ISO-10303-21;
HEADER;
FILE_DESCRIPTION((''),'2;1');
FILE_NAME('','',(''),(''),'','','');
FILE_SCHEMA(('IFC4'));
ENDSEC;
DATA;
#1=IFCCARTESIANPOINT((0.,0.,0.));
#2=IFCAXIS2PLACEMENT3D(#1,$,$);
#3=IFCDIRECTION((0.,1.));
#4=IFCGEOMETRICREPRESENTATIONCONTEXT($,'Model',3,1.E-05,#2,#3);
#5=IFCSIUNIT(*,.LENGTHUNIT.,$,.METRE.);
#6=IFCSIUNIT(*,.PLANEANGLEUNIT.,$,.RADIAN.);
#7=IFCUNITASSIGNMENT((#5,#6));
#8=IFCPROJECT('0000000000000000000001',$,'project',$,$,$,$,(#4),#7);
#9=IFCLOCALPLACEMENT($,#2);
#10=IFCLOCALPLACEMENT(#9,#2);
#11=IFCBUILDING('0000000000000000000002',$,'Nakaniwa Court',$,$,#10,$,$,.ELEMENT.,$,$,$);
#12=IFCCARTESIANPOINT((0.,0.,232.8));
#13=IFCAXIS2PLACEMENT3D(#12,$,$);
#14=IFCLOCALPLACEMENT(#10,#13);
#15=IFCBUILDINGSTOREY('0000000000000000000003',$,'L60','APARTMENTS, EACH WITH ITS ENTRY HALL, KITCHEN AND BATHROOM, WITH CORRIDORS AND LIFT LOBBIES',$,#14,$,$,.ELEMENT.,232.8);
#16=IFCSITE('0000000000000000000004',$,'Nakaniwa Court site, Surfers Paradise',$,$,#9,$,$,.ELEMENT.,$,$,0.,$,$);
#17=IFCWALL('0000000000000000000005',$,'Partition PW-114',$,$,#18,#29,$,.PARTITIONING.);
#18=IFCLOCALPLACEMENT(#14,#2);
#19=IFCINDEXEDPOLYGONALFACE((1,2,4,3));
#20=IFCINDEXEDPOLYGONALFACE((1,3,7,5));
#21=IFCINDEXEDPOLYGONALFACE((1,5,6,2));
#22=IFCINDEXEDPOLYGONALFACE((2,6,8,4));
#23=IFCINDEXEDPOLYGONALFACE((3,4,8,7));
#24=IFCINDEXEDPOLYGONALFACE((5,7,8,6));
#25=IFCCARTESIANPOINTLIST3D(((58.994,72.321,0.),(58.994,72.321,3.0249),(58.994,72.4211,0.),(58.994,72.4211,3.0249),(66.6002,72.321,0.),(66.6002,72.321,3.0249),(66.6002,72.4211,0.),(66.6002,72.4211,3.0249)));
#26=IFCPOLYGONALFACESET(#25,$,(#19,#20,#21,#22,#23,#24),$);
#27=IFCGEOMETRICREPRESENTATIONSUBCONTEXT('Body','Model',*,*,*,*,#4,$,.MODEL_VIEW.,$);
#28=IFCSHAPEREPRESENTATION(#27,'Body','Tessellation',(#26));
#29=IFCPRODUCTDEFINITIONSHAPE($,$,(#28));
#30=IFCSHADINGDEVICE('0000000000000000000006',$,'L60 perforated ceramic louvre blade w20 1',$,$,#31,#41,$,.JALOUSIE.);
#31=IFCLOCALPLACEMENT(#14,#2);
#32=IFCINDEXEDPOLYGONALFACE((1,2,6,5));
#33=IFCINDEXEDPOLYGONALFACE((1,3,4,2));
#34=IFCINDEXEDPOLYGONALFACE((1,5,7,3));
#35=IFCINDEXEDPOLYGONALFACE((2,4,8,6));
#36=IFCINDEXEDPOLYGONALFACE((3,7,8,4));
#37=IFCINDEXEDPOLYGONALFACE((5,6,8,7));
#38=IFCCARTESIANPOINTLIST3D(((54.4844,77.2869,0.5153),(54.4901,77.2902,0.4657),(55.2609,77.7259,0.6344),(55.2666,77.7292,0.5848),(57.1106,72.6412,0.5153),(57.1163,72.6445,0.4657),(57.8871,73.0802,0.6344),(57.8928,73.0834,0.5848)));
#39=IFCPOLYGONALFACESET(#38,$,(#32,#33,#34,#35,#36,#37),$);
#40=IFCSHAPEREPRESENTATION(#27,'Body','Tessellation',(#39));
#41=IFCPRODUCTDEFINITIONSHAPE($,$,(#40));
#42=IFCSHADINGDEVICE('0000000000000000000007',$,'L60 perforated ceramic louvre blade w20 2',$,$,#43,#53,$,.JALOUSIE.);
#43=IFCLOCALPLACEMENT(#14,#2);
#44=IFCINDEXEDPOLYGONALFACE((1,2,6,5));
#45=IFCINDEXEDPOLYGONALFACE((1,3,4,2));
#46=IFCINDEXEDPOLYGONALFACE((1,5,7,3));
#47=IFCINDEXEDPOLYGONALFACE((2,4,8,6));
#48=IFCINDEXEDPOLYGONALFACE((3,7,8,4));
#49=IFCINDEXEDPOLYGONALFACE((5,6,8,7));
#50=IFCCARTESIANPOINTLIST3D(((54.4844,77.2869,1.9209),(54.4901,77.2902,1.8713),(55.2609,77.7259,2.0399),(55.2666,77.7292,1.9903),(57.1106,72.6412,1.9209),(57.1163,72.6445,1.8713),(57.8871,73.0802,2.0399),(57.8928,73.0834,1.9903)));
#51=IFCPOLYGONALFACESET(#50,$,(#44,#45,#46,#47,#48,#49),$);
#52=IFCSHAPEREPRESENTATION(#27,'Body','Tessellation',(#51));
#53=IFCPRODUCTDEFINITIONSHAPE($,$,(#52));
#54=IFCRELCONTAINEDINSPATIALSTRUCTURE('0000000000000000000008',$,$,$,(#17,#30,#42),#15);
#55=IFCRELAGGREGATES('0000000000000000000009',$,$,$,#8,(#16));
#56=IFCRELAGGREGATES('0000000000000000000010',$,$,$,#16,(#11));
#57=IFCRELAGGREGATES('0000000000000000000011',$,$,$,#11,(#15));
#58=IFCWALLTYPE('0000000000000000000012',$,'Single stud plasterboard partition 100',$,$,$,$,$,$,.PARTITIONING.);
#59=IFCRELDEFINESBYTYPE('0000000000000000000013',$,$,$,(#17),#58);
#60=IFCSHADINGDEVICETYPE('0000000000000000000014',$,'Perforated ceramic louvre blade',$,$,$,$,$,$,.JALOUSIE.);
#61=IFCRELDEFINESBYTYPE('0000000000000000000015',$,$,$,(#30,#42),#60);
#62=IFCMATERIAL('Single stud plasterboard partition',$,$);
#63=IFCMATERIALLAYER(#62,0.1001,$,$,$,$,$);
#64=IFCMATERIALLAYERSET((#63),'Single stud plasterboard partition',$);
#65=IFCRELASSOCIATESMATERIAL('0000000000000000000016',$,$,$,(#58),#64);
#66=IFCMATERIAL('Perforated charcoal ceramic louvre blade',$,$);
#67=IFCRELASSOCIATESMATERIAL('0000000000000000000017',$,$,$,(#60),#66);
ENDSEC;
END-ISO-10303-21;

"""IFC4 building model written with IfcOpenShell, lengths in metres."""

from ifc_helpers import new_model, si_unit, direction, frame, frame_2d, origin, origin_2d, place, context, subcontext, project, spatial, rectangle, extrude, material, layer, layer_set, material_profile, profile_set, type_object, element, save


model = new_model("IFC4")

# Units and contexts
model_context = context("Model", 3, precision=1e-05, world=origin(), true_north=direction((0.0, 1.0)))
body_context = subcontext(model_context, "Body", "Model", "MODEL_VIEW")
ifc_project = project(units=[si_unit("LENGTHUNIT", "METRE"), si_unit("PLANEANGLEUNIT", "RADIAN")], contexts=[model_context])

# Site, building, storey
site_placement = place(None, origin())
site = spatial("IfcSite", under=ifc_project, at=site_placement, Name="Nakaniwa Court site, Surfers Paradise", CompositionType="ELEMENT", RefElevation=0.0)
building_placement = place(site_placement, origin())
building = spatial("IfcBuilding", under=site, at=building_placement, Name="Nakaniwa Court", CompositionType="ELEMENT")
storey_placement = place(building_placement, frame((0.0, 0.0, 232.8)))
storey = spatial("IfcBuildingStorey", under=building, at=storey_placement, Name="L60", Description="APARTMENTS, EACH WITH ITS ENTRY HALL, KITCHEN AND BATHROOM, WITH CORRIDORS AND LIFT LOBBIES", CompositionType="ELEMENT", Elevation=232.8)

# Shared definitions
ifc_material_1 = material(Name="Single stud plasterboard partition")
ifc_layer_1 = layer(ifc_material_1, 0.1001)
ifc_layer_set_1 = layer_set([ifc_layer_1], Name="Single stud plasterboard partition")
wall_type_1 = type_object("IfcWallType", Name="Single stud plasterboard partition 100", PredefinedType="PARTITIONING", material=ifc_layer_set_1)

# Wall
wall_1_placement = place(storey_placement, frame((58.9939, 72.3711, 0.0), z_axis=(0.0, 0.0, 1.0), x_axis=(1.0, 0.0, 0.0)))
element("IfcWall", 1, at=wall_1_placement, inside=storey, type_object=wall_type_1, Name="Partition PW-114", PredefinedType="PARTITIONING", context=body_context, shape_type="SweptSolid", body=[
    extrude(rectangle(XDim=7.6062, YDim=0.1001, at=frame_2d((3.8032, 0.0))), origin(), (0.0, 0.0, 1.0), 3.0249),
])

# Shading devices
ifc_material_2 = material(Name="Perforated charcoal ceramic louvre blade")
ifc_material_profile_1 = material_profile(ifc_material_2, rectangle(XDim=0.8999, YDim=0.05, at=origin_2d()), Name="Perforated ceramic louvre blade")
ifc_profile_set_1 = profile_set([ifc_material_profile_1], Name="Perforated charcoal ceramic louvre blade")
shading_device_type = type_object("IfcShadingDeviceType", Name="Perforated ceramic louvre blade", PredefinedType="JALOUSIE", material=ifc_profile_set_1)
for number, where, z_axis, x_axis, name in (
    (2, (54.8755, 77.5081, 0.55), (0.492109, -0.870534, 0.0), (0.862887, 0.487786, 0.132256), "L60 perforated ceramic louvre blade w20 1"),
    (3, (54.8755, 77.5081, 1.9556), (0.492109, -0.870534, 0.0), (0.862887, 0.487786, 0.132256), "L60 perforated ceramic louvre blade w20 2"),
):
    element("IfcShadingDevice", number, at=place(storey_placement, frame(where, z_axis=z_axis, x_axis=x_axis)), inside=storey, type_object=shading_device_type, Name=name, PredefinedType="JALOUSIE", context=body_context, shape_type="SweptSolid", body=[
        extrude(rectangle(XDim=0.8999, YDim=0.05, at=origin_2d()), origin(), (0.0, 0.0, 1.0), 5.3367),
    ])

save(model, "model.ifc")
